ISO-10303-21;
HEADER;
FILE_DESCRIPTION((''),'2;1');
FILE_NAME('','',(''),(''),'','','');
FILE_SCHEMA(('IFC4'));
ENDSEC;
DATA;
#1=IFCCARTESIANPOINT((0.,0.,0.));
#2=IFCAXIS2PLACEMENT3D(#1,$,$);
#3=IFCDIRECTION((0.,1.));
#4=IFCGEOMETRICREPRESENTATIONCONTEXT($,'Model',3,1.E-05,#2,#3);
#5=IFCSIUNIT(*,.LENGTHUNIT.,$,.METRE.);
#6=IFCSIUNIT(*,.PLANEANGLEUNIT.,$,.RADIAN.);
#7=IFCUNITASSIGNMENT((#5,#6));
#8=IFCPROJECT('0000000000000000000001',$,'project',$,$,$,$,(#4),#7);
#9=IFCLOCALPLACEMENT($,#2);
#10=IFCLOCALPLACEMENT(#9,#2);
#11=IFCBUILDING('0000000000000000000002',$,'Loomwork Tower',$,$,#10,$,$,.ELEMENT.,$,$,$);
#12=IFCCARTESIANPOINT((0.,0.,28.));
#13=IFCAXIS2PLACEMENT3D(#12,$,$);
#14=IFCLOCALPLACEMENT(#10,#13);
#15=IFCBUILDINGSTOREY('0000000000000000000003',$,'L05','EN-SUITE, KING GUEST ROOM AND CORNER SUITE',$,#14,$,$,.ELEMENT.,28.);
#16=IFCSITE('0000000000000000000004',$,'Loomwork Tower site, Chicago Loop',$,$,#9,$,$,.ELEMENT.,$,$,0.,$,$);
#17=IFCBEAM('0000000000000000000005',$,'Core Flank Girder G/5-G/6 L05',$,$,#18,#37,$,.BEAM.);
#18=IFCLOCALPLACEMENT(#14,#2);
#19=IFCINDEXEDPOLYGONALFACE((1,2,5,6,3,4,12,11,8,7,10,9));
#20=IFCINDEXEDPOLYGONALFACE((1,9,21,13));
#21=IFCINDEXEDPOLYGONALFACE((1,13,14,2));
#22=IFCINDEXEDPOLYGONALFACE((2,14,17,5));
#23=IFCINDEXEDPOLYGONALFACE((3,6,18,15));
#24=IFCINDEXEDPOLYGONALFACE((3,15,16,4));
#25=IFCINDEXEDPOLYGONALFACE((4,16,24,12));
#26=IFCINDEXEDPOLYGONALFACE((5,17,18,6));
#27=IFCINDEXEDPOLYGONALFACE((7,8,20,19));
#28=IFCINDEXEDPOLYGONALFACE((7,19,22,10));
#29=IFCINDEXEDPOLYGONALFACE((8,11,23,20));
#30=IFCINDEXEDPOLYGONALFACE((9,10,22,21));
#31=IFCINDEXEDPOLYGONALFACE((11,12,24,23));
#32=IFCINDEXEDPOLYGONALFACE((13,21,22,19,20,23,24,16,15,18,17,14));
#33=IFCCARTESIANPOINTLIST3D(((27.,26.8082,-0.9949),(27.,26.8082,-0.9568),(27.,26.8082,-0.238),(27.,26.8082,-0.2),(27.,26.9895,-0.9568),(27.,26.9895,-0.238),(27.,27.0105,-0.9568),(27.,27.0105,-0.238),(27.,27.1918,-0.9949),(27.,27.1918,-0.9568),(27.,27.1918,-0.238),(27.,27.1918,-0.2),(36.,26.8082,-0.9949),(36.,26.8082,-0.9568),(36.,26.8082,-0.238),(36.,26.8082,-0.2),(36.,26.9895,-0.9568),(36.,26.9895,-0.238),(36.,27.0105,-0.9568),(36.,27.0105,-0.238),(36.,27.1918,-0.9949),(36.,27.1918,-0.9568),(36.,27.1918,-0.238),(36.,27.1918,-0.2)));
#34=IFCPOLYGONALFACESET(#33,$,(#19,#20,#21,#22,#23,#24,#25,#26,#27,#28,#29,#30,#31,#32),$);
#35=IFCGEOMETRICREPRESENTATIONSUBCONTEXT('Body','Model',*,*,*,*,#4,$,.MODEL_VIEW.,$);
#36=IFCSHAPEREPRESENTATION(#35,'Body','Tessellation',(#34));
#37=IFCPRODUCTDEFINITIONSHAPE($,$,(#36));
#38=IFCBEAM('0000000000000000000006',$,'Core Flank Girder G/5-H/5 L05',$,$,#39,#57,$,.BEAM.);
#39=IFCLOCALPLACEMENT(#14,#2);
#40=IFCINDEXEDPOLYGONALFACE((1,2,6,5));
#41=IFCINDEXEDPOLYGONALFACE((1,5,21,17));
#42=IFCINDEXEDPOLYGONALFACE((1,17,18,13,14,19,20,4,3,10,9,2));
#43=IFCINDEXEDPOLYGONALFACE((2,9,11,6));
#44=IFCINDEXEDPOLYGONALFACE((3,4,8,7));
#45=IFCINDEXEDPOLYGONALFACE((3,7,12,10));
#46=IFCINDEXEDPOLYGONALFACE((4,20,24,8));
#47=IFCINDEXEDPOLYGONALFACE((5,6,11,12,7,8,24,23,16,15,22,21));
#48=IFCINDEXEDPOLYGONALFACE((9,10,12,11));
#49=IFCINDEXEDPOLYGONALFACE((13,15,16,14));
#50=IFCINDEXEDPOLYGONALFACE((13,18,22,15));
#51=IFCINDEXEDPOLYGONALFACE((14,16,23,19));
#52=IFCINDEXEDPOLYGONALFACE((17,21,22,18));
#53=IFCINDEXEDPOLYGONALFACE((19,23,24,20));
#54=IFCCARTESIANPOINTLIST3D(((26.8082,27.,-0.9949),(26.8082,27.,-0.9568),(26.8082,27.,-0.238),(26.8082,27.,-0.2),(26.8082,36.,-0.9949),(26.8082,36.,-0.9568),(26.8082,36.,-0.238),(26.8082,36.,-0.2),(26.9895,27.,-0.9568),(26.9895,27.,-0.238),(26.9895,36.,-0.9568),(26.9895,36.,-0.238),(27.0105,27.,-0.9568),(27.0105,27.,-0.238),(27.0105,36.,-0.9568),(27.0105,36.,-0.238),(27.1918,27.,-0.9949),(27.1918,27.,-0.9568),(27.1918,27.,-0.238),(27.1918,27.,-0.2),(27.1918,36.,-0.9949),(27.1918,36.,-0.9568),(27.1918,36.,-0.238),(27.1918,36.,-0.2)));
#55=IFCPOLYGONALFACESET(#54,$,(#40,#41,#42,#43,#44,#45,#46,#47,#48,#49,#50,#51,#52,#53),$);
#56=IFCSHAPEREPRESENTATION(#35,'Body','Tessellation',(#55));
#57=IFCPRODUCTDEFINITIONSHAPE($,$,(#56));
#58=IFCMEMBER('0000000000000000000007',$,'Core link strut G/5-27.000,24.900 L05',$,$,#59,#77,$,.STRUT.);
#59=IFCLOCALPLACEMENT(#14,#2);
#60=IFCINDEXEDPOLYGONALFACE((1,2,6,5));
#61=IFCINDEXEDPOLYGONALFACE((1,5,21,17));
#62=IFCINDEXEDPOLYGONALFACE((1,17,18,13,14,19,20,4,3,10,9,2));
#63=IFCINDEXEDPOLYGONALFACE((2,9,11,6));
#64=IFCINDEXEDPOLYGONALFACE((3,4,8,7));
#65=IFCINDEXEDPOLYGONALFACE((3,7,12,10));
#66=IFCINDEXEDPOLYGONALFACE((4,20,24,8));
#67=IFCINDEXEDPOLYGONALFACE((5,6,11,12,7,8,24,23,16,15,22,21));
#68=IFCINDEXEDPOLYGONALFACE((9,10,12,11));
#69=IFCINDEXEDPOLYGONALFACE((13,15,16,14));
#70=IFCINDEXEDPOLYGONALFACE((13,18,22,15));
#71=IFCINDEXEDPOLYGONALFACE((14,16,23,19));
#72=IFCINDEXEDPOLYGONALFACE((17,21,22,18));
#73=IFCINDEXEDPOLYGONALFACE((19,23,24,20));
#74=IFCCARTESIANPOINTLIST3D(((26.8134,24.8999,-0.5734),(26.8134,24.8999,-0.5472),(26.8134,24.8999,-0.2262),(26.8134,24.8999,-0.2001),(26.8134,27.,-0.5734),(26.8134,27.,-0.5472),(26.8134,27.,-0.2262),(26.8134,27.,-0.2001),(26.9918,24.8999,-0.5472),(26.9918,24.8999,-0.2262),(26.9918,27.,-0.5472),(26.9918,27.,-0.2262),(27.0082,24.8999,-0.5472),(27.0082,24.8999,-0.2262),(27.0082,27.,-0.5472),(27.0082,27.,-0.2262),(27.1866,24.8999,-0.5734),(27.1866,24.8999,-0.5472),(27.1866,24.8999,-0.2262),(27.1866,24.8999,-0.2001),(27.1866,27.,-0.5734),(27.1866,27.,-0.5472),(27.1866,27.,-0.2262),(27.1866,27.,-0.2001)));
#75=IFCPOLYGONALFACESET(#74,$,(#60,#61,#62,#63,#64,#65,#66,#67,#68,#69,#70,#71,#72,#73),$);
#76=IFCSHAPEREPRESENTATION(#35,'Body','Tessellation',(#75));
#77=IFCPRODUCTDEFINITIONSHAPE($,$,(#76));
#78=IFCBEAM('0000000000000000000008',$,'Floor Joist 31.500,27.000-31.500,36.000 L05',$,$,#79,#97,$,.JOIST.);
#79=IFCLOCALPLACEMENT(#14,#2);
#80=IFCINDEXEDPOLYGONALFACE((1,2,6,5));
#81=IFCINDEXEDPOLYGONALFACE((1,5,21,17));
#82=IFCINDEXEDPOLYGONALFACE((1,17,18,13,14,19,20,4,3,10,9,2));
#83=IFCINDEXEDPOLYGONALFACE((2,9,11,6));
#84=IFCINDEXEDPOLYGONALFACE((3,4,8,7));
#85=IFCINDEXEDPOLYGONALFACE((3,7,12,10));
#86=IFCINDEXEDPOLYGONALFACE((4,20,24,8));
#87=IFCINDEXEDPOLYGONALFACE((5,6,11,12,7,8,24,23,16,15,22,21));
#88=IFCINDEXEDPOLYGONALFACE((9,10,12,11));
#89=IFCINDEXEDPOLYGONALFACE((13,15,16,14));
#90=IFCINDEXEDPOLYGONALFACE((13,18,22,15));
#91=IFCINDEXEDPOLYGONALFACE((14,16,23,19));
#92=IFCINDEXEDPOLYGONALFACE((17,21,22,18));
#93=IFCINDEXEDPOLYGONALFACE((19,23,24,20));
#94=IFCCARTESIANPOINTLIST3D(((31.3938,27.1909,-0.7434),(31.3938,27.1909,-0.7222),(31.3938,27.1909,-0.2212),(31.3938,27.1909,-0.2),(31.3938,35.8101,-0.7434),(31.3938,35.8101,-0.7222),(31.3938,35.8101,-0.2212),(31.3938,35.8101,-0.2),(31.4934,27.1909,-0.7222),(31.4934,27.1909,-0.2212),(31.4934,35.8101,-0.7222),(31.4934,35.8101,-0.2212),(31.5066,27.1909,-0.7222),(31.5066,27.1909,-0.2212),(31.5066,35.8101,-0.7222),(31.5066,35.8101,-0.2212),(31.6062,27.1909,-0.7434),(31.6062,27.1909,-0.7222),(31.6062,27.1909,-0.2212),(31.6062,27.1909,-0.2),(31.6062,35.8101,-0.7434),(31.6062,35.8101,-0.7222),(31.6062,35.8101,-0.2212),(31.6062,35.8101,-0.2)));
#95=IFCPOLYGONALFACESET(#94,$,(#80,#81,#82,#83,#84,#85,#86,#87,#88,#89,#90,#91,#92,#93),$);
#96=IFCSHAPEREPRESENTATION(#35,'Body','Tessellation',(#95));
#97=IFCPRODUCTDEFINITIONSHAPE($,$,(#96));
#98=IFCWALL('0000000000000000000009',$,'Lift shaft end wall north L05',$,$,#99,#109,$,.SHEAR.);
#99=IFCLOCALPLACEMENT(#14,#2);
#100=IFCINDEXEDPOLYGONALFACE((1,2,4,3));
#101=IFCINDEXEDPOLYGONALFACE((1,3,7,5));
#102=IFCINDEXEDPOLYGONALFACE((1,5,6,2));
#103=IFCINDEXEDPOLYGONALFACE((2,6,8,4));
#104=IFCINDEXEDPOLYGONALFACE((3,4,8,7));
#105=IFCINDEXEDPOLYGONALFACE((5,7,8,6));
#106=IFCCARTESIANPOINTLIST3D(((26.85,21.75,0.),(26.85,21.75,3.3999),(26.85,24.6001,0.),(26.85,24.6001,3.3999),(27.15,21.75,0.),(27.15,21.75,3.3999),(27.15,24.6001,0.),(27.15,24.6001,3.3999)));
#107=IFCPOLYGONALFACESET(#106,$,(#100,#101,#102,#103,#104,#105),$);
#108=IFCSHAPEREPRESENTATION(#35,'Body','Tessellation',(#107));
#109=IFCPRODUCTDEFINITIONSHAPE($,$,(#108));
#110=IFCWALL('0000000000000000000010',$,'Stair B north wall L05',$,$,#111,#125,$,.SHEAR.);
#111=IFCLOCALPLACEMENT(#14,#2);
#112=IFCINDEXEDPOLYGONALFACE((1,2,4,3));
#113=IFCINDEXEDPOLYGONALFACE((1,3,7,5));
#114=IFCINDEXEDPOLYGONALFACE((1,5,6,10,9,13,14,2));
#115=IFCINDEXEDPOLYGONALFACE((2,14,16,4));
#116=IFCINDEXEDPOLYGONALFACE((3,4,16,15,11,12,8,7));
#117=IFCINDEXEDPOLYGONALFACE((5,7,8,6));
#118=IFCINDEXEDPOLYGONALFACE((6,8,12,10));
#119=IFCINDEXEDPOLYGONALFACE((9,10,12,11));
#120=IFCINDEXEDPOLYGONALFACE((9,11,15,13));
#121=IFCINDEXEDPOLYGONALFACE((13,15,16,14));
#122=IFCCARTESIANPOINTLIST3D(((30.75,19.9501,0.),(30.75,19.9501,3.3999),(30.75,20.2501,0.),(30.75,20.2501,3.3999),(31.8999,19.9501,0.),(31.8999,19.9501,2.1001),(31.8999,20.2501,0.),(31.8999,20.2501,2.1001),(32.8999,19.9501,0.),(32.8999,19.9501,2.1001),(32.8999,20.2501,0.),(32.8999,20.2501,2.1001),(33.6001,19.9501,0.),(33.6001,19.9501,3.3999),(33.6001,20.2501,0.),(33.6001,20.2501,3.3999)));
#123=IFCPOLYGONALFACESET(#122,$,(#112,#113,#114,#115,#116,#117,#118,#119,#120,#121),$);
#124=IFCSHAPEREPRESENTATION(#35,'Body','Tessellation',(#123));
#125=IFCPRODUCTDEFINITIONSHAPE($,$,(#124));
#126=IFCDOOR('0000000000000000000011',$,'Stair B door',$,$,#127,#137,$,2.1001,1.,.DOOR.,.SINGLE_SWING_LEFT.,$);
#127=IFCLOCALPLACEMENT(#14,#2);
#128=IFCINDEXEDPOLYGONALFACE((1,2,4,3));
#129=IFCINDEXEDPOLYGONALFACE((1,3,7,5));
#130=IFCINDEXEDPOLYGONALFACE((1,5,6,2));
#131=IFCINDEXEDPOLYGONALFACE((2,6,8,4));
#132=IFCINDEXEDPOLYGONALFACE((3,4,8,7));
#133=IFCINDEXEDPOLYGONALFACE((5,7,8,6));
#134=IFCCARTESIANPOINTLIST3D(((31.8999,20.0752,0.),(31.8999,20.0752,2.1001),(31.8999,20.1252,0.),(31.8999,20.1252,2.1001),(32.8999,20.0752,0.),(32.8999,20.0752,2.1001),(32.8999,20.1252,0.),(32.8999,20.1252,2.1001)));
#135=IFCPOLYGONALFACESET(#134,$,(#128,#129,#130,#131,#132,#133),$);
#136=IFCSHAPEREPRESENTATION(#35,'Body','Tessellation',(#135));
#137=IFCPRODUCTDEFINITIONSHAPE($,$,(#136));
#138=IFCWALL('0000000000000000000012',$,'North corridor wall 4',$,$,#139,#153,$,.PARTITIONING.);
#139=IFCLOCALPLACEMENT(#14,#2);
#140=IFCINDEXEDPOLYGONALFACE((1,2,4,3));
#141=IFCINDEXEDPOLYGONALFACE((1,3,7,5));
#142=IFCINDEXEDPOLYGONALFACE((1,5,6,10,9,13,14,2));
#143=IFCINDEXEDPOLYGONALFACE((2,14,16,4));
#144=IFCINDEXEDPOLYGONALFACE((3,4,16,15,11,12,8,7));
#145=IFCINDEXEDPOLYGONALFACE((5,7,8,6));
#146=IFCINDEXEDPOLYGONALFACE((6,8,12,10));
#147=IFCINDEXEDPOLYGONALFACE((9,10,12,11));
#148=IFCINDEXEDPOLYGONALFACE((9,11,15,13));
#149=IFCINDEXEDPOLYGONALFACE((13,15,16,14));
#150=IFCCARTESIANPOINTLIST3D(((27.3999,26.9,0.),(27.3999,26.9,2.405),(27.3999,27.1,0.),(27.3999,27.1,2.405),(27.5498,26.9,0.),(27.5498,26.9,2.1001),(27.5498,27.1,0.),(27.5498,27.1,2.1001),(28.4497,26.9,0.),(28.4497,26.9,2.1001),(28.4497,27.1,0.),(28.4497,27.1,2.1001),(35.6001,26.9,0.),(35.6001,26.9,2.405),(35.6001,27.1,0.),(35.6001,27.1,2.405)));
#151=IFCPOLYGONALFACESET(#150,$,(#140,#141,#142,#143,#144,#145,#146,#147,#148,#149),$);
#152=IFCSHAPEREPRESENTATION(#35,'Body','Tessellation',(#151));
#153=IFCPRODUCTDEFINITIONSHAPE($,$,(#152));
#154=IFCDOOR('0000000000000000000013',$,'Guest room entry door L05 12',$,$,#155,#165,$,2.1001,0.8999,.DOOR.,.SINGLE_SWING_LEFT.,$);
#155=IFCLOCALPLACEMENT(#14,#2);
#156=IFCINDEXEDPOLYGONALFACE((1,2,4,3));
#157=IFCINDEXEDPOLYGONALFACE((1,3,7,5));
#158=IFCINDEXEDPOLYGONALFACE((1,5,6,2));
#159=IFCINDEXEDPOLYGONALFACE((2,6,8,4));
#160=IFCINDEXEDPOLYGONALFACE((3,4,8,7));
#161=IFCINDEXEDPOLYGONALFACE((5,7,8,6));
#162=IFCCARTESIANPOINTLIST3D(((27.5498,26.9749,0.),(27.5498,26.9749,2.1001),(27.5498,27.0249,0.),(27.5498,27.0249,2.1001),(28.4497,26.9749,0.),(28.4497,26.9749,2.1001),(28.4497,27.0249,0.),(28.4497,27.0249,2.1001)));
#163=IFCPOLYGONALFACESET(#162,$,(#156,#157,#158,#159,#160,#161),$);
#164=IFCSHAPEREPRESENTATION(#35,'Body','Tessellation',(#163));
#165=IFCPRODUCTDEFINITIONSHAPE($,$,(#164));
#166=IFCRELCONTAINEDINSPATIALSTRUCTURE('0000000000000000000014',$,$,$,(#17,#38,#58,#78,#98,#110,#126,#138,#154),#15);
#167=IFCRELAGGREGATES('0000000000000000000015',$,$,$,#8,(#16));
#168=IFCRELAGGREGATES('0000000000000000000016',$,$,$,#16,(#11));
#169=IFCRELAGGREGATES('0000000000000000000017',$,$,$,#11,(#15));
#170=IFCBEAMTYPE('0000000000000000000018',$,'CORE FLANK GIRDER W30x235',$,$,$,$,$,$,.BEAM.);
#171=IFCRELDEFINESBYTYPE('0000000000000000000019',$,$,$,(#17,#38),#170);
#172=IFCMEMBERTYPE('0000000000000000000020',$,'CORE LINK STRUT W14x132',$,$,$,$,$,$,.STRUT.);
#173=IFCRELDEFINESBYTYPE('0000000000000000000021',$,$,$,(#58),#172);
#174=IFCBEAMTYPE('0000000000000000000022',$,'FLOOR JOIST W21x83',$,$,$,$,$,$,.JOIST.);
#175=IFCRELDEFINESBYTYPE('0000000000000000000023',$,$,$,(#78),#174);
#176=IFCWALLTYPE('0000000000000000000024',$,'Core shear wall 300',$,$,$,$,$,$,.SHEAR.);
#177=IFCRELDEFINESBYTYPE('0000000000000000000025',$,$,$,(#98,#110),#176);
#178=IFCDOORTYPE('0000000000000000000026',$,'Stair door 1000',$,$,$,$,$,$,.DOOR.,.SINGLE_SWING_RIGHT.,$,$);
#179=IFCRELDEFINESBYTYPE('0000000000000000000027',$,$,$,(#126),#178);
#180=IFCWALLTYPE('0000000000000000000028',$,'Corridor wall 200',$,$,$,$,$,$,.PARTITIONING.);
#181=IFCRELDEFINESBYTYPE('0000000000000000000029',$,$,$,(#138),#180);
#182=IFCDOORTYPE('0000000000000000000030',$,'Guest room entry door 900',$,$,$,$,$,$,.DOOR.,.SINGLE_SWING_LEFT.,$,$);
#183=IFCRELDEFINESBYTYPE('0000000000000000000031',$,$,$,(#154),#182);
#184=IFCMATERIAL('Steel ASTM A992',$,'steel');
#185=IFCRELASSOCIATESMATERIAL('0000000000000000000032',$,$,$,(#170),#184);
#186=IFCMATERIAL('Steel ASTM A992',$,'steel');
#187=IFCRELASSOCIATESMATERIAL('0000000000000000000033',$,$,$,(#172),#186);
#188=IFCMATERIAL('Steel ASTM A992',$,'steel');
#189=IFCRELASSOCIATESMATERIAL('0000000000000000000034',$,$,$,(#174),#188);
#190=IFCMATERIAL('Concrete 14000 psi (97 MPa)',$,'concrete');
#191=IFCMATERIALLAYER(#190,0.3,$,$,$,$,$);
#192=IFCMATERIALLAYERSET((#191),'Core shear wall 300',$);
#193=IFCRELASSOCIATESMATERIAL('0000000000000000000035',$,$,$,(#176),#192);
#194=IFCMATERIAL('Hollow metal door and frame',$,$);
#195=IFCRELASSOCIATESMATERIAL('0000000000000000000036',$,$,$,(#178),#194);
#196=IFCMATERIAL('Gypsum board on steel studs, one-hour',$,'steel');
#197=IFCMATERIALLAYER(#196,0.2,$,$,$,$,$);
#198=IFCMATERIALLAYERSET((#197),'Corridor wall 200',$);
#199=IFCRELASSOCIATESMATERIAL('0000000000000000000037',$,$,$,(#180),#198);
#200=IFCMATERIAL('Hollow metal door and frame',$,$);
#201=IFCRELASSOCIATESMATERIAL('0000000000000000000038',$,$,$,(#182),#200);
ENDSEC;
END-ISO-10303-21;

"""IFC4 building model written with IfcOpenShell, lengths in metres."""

from ifc_helpers import new_model, si_unit, direction, frame, frame_2d, origin, origin_2d, place, context, subcontext, project, spatial, rectangle, i_section, extrude, material, layer, layer_set, material_profile, profile_set, type_object, element, fill, save


model = new_model("IFC4")

# Units and contexts
model_context = context("Model", 3, precision=1e-05, world=origin(), true_north=direction((0.0, 1.0)))
body_context = subcontext(model_context, "Body", "Model", "MODEL_VIEW")
ifc_project = project(units=[si_unit("LENGTHUNIT", "METRE"), si_unit("PLANEANGLEUNIT", "RADIAN")], contexts=[model_context])

# Site, building, storey
site_placement = place(None, origin())
site = spatial("IfcSite", under=ifc_project, at=site_placement, Name="Loomwork Tower site, Chicago Loop", CompositionType="ELEMENT", RefElevation=0.0)
building_placement = place(site_placement, origin())
building = spatial("IfcBuilding", under=site, at=building_placement, Name="Loomwork Tower", CompositionType="ELEMENT")
storey_placement = place(building_placement, frame((0.0, 0.0, 28.0)))
storey = spatial("IfcBuildingStorey", under=building, at=storey_placement, Name="L05", Description="EN-SUITE, KING GUEST ROOM AND CORNER SUITE", CompositionType="ELEMENT", Elevation=28.0)

# Beams
ifc_material_1 = material(Name="Steel ASTM A992", Category="steel")
ifc_material_profile_1 = material_profile(ifc_material_1, i_section(OverallWidth=0.3835, OverallDepth=0.7949, WebThickness=0.021, FlangeThickness=0.0381, at=origin_2d()), Name="W30x235")
ifc_profile_set_1 = profile_set([ifc_material_profile_1], Name="Steel ASTM A992")
beam_type_1 = type_object("IfcBeamType", Name="CORE FLANK GIRDER W30x235", PredefinedType="BEAM", material=ifc_profile_set_1)
for number, where, z_axis, x_axis, name in (
    (1, (27.0, 27.0, -0.5974), (1.0, 0.0, 0.0), (0.0, 1.0, 0.0), "Core Flank Girder G/5-G/6 L05"),
    (2, (27.0, 27.0, -0.5974), (0.0, 1.0, 0.0), (-1.0, 0.0, 0.0), "Core Flank Girder G/5-H/5 L05"),
):
    element("IfcBeam", number, at=place(storey_placement, frame(where, z_axis=z_axis, x_axis=x_axis)), inside=storey, type_object=beam_type_1, Name=name, PredefinedType="BEAM", context=body_context, shape_type="SweptSolid", body=[
        extrude(i_section(OverallWidth=0.3835, OverallDepth=0.7949, WebThickness=0.021, FlangeThickness=0.0381, at=origin_2d()), origin(), (0.0, 0.0, 1.0), 9.0),
    ])

# Member
ifc_material_2 = material(Name="Steel ASTM A992", Category="steel")
ifc_material_profile_2 = material_profile(ifc_material_2, i_section(OverallWidth=0.3733, OverallDepth=0.3733, WebThickness=0.0164, FlangeThickness=0.0261, at=origin_2d()), Name="W14x132")
ifc_profile_set_2 = profile_set([ifc_material_profile_2], Name="Steel ASTM A992")
member_type = type_object("IfcMemberType", Name="CORE LINK STRUT W14x132", PredefinedType="STRUT", material=ifc_profile_set_2)
member_placement = place(storey_placement, frame((27.0, 27.0, -0.3867), z_axis=(0.0, -1.0, 0.0), x_axis=(1.0, 0.0, 0.0)))
element("IfcMember", 3, at=member_placement, inside=storey, type_object=member_type, Name="Core link strut G/5-27.000,24.900 L05", PredefinedType="STRUT", context=body_context, shape_type="SweptSolid", body=[
    extrude(i_section(OverallWidth=0.3733, OverallDepth=0.3733, WebThickness=0.0164, FlangeThickness=0.0261, at=origin_2d()), origin(), (0.0, 0.0, 1.0), 2.1001),
])

# Beam
ifc_material_3 = material(Name="Steel ASTM A992", Category="steel")
ifc_material_profile_3 = material_profile(ifc_material_3, i_section(OverallWidth=0.2124, OverallDepth=0.5435, WebThickness=0.0132, FlangeThickness=0.0212, at=origin_2d()), Name="W21x83")
ifc_profile_set_3 = profile_set([ifc_material_profile_3], Name="Steel ASTM A992")
beam_type_2 = type_object("IfcBeamType", Name="FLOOR JOIST W21x83", PredefinedType="JOIST", material=ifc_profile_set_3)
beam_placement = place(storey_placement, frame((31.5, 27.1909, -0.4717), z_axis=(0.0, 1.0, 0.0), x_axis=(-1.0, 0.0, 0.0)))
element("IfcBeam", 4, at=beam_placement, inside=storey, type_object=beam_type_2, Name="Floor Joist 31.500,27.000-31.500,36.000 L05", PredefinedType="JOIST", context=body_context, shape_type="SweptSolid", body=[
    extrude(i_section(OverallWidth=0.2124, OverallDepth=0.5435, WebThickness=0.0132, FlangeThickness=0.0212, at=origin_2d()), origin(), (0.0, 0.0, 1.0), 8.6191),
])

# Wall
ifc_material_4 = material(Name="Concrete 14000 psi (97 MPa)", Category="concrete")
ifc_layer_1 = layer(ifc_material_4, 0.3)
ifc_layer_set_1 = layer_set([ifc_layer_1], Name="Core shear wall 300")
wall_type_1 = type_object("IfcWallType", Name="Core shear wall 300", PredefinedType="SHEAR", material=ifc_layer_set_1)
wall_1_placement = place(storey_placement, frame((27.0, 21.75, 0.0), z_axis=(0.0, 0.0, 1.0), x_axis=(0.0, 1.0, 0.0)))
element("IfcWall", 5, at=wall_1_placement, inside=storey, type_object=wall_type_1, Name="Lift shaft end wall north L05", PredefinedType="SHEAR", context=body_context, shape_type="SweptSolid", body=[
    extrude(rectangle(XDim=2.8501, YDim=0.3, at=frame_2d((1.425, 0.0))), origin(), (0.0, 0.0, 1.0), 3.3999),
])

# Walls, openings, doors
wall_2_placement = place(storey_placement, frame((30.75, 20.1001, 0.0), z_axis=(0.0, 0.0, 1.0), x_axis=(1.0, 0.0, 0.0)))
wall_2 = element("IfcWall", 6, at=wall_2_placement, inside=storey, type_object=wall_type_1, Name="Stair B north wall L05", PredefinedType="SHEAR", context=body_context, shape_type="SweptSolid", body=[
    extrude(rectangle(XDim=2.8501, YDim=0.3, at=frame_2d((1.425, 0.0))), origin(), (0.0, 0.0, 1.0), 3.3999),
])
opening_1_placement = place(wall_2_placement, frame((1.1499, 0.0, 0.0)))
opening_1 = element("IfcOpeningElement", 7, at=opening_1_placement, cuts=wall_2, PredefinedType="OPENING", context=body_context, shape_type="SweptSolid", body=[
    extrude(rectangle(XDim=1.0, YDim=2.1001, at=frame_2d((0.5, 1.05))), frame((0.0, 0.1599, 0.0), z_axis=(0.0, -1.0, 0.0), x_axis=(1.0, 0.0, 0.0)), (0.0, 0.0, 1.0), 0.3201),
])
ifc_material_5 = material(Name="Hollow metal door and frame")
door_type_1 = type_object("IfcDoorType", Name="Stair door 1000", OperationType="SINGLE_SWING_RIGHT", PredefinedType="DOOR", material=ifc_material_5)
door_1_placement = place(opening_1_placement, frame((1.0, 0.0, 0.0), z_axis=(0.0, 0.0, 1.0), x_axis=(-1.0, 0.0, 0.0)))
door_1 = element("IfcDoor", 8, at=door_1_placement, inside=storey, type_object=door_type_1, Name="Stair B door", OperationType="SINGLE_SWING_LEFT", OverallHeight=2.1001, OverallWidth=1.0, PredefinedType="DOOR", context=body_context, shape_type="SweptSolid", body=[
    extrude(rectangle(XDim=1.0, YDim=2.1001, at=frame_2d((0.5, 1.05))), frame((0.0, 0.0249, 0.0), z_axis=(0.0, -1.0, 0.0), x_axis=(1.0, 0.0, 0.0)), (0.0, 0.0, 1.0), 0.05),
])
fill(opening_1, door_1)
ifc_material_6 = material(Name="Gypsum board on steel studs, one-hour", Category="steel")
ifc_layer_2 = layer(ifc_material_6, 0.2)
ifc_layer_set_2 = layer_set([ifc_layer_2], Name="Corridor wall 200")
wall_type_2 = type_object("IfcWallType", Name="Corridor wall 200", PredefinedType="PARTITIONING", material=ifc_layer_set_2)
wall_3_placement = place(storey_placement, frame((27.3999, 27.0, 0.0), z_axis=(0.0, 0.0, 1.0), x_axis=(1.0, 0.0, 0.0)))
wall_3 = element("IfcWall", 9, at=wall_3_placement, inside=storey, type_object=wall_type_2, Name="North corridor wall 4", PredefinedType="PARTITIONING", context=body_context, shape_type="SweptSolid", body=[
    extrude(rectangle(XDim=8.2002, YDim=0.2, at=frame_2d((4.1001, 0.0))), origin(), (0.0, 0.0, 1.0), 2.405),
])
opening_2_placement = place(wall_3_placement, frame((0.1499, 0.0, 0.0)))
opening_2 = element("IfcOpeningElement", 10, at=opening_2_placement, cuts=wall_3, PredefinedType="OPENING", context=body_context, shape_type="SweptSolid", body=[
    extrude(rectangle(XDim=0.8999, YDim=2.1001, at=frame_2d((0.45, 1.05))), frame((0.0, 0.1099, 0.0), z_axis=(0.0, -1.0, 0.0), x_axis=(1.0, 0.0, 0.0)), (0.0, 0.0, 1.0), 0.22),
])
ifc_material_7 = material(Name="Hollow metal door and frame")
door_type_2 = type_object("IfcDoorType", Name="Guest room entry door 900", OperationType="SINGLE_SWING_LEFT", PredefinedType="DOOR", material=ifc_material_7)
door_2_placement = place(opening_2_placement, origin())
door_2 = element("IfcDoor", 11, at=door_2_placement, inside=storey, type_object=door_type_2, Name="Guest room entry door L05 12", OperationType="SINGLE_SWING_LEFT", OverallHeight=2.1001, OverallWidth=0.8999, PredefinedType="DOOR", context=body_context, shape_type="SweptSolid", body=[
    extrude(rectangle(XDim=0.8999, YDim=2.1001, at=frame_2d((0.45, 1.05))), frame((0.0, 0.0249, 0.0), z_axis=(0.0, -1.0, 0.0), x_axis=(1.0, 0.0, 0.0)), (0.0, 0.0, 1.0), 0.05),
])
fill(opening_2, door_2)

save(model, "model.ifc")
